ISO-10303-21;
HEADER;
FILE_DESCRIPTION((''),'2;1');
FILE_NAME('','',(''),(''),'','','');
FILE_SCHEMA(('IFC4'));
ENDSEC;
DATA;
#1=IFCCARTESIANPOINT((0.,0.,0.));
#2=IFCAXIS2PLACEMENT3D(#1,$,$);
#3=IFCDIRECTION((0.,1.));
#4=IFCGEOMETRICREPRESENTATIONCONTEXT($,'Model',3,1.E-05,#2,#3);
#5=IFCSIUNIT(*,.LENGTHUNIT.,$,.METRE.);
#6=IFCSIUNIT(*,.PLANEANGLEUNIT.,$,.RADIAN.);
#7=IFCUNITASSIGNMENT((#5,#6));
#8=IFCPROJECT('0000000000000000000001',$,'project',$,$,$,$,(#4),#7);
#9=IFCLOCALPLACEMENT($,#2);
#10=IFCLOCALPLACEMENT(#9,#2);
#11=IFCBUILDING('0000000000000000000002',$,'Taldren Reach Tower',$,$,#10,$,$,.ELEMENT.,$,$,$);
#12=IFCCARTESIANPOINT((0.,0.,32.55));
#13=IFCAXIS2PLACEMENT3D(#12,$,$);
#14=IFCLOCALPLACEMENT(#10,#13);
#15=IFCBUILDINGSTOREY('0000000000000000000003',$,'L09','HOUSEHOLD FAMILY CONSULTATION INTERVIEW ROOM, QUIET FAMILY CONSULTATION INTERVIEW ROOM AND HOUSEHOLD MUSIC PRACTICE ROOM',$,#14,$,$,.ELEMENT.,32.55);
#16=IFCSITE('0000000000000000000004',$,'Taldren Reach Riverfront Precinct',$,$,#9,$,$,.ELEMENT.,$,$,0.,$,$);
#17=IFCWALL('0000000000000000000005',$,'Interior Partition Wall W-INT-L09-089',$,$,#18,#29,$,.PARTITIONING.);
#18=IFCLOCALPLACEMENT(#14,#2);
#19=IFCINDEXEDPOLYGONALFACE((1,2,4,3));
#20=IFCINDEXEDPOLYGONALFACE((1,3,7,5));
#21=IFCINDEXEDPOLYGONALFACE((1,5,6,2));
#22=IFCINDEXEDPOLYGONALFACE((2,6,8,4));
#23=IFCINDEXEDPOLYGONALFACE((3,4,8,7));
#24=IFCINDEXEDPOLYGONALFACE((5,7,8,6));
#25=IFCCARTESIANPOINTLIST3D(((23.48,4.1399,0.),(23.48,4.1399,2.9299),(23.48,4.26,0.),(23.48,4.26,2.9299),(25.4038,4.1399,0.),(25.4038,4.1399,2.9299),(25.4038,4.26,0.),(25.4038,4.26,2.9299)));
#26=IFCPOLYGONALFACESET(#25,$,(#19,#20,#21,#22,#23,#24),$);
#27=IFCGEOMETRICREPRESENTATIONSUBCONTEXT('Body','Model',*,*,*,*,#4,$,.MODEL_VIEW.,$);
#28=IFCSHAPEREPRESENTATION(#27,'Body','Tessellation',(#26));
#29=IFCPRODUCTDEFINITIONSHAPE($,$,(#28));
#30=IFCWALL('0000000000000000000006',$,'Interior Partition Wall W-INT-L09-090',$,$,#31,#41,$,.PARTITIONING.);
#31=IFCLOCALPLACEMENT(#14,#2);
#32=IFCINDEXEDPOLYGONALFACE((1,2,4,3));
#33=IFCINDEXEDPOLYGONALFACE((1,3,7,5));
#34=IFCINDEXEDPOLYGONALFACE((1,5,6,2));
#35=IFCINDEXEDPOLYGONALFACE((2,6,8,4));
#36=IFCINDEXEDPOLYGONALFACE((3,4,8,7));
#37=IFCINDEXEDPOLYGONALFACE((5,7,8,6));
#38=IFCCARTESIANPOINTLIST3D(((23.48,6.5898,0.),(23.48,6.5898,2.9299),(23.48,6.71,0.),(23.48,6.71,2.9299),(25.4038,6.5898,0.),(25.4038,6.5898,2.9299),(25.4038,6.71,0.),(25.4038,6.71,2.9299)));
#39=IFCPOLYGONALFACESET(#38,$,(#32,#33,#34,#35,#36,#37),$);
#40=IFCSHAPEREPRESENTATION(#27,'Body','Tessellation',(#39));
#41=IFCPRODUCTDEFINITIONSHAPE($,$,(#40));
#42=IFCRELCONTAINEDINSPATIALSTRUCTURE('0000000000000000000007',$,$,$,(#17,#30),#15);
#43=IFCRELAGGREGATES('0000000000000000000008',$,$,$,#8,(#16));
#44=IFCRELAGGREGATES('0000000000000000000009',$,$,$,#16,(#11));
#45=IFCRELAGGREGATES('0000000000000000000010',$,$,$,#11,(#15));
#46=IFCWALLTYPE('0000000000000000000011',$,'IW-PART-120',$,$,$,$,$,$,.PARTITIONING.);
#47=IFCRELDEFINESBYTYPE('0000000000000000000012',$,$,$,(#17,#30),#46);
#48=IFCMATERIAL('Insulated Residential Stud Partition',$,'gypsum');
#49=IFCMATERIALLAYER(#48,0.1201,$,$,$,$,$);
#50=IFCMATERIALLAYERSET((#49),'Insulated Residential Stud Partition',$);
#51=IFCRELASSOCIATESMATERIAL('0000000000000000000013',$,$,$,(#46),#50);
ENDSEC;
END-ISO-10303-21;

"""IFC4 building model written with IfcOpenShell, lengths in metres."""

from ifc_helpers import new_model, si_unit, direction, frame, frame_2d, origin, place, context, subcontext, project, spatial, rectangle, extrude, source, transform, mapped, material, layer, layer_set, type_object, element, save


model = new_model("IFC4")

# Units and contexts
model_context = context("Model", 3, precision=1e-05, world=origin(), true_north=direction((0.0, 1.0)))
body_context = subcontext(model_context, "Body", "Model", "MODEL_VIEW")
ifc_project = project(units=[si_unit("LENGTHUNIT", "METRE"), si_unit("PLANEANGLEUNIT", "RADIAN")], contexts=[model_context])

# Site, building, storey
site_placement = place(None, origin())
site = spatial("IfcSite", under=ifc_project, at=site_placement, Name="Taldren Reach Riverfront Precinct", CompositionType="ELEMENT", RefElevation=0.0)
building_placement = place(site_placement, origin())
building = spatial("IfcBuilding", under=site, at=building_placement, Name="Taldren Reach Tower", CompositionType="ELEMENT")
storey_placement = place(building_placement, frame((0.0, 0.0, 32.55)))
storey = spatial("IfcBuildingStorey", under=building, at=storey_placement, Name="L09", Description="HOUSEHOLD FAMILY CONSULTATION INTERVIEW ROOM, QUIET FAMILY CONSULTATION INTERVIEW ROOM AND HOUSEHOLD MUSIC PRACTICE ROOM", CompositionType="ELEMENT", Elevation=32.55)

# Shared definitions
ifc_material_1 = material(Name="Insulated Residential Stud Partition", Category="gypsum")
ifc_layer_1 = layer(ifc_material_1, 0.1201)
ifc_layer_set_1 = layer_set([ifc_layer_1], Name="Insulated Residential Stud Partition")
wall_type_1 = type_object("IfcWallType", Name="IW-PART-120", PredefinedType="PARTITIONING", material=ifc_layer_set_1)

# Walls
shared_shape_1 = source(origin(), body_context, "Body", "SweptSolid", [
    extrude(rectangle(XDim=1.9238, YDim=0.1201, at=frame_2d((0.9619, 0.0))), origin(), (0.0, 0.0, 1.0), 2.9299),
])
for number, where, z_axis, x_axis, name in (
    (1, (23.48, 4.2, 0.0), (0.0, 0.0, 1.0), (1.0, 0.0, 0.0), "Interior Partition Wall W-INT-L09-089"),
    (2, (25.4038, 6.6499, 0.0), (0.0, 0.0, 1.0), (-1.0, 0.0, 0.0), "Interior Partition Wall W-INT-L09-090"),
):
    element("IfcWall", number, at=place(storey_placement, frame(where, z_axis=z_axis, x_axis=x_axis)), inside=storey, type_object=wall_type_1, Name=name, PredefinedType="PARTITIONING", context=body_context, shape_type="MappedRepresentation", body=[
        mapped(shared_shape_1, transform((0.0, 0.0, 0.0), scale=1.0)),
    ])

save(model, "model.ifc")
